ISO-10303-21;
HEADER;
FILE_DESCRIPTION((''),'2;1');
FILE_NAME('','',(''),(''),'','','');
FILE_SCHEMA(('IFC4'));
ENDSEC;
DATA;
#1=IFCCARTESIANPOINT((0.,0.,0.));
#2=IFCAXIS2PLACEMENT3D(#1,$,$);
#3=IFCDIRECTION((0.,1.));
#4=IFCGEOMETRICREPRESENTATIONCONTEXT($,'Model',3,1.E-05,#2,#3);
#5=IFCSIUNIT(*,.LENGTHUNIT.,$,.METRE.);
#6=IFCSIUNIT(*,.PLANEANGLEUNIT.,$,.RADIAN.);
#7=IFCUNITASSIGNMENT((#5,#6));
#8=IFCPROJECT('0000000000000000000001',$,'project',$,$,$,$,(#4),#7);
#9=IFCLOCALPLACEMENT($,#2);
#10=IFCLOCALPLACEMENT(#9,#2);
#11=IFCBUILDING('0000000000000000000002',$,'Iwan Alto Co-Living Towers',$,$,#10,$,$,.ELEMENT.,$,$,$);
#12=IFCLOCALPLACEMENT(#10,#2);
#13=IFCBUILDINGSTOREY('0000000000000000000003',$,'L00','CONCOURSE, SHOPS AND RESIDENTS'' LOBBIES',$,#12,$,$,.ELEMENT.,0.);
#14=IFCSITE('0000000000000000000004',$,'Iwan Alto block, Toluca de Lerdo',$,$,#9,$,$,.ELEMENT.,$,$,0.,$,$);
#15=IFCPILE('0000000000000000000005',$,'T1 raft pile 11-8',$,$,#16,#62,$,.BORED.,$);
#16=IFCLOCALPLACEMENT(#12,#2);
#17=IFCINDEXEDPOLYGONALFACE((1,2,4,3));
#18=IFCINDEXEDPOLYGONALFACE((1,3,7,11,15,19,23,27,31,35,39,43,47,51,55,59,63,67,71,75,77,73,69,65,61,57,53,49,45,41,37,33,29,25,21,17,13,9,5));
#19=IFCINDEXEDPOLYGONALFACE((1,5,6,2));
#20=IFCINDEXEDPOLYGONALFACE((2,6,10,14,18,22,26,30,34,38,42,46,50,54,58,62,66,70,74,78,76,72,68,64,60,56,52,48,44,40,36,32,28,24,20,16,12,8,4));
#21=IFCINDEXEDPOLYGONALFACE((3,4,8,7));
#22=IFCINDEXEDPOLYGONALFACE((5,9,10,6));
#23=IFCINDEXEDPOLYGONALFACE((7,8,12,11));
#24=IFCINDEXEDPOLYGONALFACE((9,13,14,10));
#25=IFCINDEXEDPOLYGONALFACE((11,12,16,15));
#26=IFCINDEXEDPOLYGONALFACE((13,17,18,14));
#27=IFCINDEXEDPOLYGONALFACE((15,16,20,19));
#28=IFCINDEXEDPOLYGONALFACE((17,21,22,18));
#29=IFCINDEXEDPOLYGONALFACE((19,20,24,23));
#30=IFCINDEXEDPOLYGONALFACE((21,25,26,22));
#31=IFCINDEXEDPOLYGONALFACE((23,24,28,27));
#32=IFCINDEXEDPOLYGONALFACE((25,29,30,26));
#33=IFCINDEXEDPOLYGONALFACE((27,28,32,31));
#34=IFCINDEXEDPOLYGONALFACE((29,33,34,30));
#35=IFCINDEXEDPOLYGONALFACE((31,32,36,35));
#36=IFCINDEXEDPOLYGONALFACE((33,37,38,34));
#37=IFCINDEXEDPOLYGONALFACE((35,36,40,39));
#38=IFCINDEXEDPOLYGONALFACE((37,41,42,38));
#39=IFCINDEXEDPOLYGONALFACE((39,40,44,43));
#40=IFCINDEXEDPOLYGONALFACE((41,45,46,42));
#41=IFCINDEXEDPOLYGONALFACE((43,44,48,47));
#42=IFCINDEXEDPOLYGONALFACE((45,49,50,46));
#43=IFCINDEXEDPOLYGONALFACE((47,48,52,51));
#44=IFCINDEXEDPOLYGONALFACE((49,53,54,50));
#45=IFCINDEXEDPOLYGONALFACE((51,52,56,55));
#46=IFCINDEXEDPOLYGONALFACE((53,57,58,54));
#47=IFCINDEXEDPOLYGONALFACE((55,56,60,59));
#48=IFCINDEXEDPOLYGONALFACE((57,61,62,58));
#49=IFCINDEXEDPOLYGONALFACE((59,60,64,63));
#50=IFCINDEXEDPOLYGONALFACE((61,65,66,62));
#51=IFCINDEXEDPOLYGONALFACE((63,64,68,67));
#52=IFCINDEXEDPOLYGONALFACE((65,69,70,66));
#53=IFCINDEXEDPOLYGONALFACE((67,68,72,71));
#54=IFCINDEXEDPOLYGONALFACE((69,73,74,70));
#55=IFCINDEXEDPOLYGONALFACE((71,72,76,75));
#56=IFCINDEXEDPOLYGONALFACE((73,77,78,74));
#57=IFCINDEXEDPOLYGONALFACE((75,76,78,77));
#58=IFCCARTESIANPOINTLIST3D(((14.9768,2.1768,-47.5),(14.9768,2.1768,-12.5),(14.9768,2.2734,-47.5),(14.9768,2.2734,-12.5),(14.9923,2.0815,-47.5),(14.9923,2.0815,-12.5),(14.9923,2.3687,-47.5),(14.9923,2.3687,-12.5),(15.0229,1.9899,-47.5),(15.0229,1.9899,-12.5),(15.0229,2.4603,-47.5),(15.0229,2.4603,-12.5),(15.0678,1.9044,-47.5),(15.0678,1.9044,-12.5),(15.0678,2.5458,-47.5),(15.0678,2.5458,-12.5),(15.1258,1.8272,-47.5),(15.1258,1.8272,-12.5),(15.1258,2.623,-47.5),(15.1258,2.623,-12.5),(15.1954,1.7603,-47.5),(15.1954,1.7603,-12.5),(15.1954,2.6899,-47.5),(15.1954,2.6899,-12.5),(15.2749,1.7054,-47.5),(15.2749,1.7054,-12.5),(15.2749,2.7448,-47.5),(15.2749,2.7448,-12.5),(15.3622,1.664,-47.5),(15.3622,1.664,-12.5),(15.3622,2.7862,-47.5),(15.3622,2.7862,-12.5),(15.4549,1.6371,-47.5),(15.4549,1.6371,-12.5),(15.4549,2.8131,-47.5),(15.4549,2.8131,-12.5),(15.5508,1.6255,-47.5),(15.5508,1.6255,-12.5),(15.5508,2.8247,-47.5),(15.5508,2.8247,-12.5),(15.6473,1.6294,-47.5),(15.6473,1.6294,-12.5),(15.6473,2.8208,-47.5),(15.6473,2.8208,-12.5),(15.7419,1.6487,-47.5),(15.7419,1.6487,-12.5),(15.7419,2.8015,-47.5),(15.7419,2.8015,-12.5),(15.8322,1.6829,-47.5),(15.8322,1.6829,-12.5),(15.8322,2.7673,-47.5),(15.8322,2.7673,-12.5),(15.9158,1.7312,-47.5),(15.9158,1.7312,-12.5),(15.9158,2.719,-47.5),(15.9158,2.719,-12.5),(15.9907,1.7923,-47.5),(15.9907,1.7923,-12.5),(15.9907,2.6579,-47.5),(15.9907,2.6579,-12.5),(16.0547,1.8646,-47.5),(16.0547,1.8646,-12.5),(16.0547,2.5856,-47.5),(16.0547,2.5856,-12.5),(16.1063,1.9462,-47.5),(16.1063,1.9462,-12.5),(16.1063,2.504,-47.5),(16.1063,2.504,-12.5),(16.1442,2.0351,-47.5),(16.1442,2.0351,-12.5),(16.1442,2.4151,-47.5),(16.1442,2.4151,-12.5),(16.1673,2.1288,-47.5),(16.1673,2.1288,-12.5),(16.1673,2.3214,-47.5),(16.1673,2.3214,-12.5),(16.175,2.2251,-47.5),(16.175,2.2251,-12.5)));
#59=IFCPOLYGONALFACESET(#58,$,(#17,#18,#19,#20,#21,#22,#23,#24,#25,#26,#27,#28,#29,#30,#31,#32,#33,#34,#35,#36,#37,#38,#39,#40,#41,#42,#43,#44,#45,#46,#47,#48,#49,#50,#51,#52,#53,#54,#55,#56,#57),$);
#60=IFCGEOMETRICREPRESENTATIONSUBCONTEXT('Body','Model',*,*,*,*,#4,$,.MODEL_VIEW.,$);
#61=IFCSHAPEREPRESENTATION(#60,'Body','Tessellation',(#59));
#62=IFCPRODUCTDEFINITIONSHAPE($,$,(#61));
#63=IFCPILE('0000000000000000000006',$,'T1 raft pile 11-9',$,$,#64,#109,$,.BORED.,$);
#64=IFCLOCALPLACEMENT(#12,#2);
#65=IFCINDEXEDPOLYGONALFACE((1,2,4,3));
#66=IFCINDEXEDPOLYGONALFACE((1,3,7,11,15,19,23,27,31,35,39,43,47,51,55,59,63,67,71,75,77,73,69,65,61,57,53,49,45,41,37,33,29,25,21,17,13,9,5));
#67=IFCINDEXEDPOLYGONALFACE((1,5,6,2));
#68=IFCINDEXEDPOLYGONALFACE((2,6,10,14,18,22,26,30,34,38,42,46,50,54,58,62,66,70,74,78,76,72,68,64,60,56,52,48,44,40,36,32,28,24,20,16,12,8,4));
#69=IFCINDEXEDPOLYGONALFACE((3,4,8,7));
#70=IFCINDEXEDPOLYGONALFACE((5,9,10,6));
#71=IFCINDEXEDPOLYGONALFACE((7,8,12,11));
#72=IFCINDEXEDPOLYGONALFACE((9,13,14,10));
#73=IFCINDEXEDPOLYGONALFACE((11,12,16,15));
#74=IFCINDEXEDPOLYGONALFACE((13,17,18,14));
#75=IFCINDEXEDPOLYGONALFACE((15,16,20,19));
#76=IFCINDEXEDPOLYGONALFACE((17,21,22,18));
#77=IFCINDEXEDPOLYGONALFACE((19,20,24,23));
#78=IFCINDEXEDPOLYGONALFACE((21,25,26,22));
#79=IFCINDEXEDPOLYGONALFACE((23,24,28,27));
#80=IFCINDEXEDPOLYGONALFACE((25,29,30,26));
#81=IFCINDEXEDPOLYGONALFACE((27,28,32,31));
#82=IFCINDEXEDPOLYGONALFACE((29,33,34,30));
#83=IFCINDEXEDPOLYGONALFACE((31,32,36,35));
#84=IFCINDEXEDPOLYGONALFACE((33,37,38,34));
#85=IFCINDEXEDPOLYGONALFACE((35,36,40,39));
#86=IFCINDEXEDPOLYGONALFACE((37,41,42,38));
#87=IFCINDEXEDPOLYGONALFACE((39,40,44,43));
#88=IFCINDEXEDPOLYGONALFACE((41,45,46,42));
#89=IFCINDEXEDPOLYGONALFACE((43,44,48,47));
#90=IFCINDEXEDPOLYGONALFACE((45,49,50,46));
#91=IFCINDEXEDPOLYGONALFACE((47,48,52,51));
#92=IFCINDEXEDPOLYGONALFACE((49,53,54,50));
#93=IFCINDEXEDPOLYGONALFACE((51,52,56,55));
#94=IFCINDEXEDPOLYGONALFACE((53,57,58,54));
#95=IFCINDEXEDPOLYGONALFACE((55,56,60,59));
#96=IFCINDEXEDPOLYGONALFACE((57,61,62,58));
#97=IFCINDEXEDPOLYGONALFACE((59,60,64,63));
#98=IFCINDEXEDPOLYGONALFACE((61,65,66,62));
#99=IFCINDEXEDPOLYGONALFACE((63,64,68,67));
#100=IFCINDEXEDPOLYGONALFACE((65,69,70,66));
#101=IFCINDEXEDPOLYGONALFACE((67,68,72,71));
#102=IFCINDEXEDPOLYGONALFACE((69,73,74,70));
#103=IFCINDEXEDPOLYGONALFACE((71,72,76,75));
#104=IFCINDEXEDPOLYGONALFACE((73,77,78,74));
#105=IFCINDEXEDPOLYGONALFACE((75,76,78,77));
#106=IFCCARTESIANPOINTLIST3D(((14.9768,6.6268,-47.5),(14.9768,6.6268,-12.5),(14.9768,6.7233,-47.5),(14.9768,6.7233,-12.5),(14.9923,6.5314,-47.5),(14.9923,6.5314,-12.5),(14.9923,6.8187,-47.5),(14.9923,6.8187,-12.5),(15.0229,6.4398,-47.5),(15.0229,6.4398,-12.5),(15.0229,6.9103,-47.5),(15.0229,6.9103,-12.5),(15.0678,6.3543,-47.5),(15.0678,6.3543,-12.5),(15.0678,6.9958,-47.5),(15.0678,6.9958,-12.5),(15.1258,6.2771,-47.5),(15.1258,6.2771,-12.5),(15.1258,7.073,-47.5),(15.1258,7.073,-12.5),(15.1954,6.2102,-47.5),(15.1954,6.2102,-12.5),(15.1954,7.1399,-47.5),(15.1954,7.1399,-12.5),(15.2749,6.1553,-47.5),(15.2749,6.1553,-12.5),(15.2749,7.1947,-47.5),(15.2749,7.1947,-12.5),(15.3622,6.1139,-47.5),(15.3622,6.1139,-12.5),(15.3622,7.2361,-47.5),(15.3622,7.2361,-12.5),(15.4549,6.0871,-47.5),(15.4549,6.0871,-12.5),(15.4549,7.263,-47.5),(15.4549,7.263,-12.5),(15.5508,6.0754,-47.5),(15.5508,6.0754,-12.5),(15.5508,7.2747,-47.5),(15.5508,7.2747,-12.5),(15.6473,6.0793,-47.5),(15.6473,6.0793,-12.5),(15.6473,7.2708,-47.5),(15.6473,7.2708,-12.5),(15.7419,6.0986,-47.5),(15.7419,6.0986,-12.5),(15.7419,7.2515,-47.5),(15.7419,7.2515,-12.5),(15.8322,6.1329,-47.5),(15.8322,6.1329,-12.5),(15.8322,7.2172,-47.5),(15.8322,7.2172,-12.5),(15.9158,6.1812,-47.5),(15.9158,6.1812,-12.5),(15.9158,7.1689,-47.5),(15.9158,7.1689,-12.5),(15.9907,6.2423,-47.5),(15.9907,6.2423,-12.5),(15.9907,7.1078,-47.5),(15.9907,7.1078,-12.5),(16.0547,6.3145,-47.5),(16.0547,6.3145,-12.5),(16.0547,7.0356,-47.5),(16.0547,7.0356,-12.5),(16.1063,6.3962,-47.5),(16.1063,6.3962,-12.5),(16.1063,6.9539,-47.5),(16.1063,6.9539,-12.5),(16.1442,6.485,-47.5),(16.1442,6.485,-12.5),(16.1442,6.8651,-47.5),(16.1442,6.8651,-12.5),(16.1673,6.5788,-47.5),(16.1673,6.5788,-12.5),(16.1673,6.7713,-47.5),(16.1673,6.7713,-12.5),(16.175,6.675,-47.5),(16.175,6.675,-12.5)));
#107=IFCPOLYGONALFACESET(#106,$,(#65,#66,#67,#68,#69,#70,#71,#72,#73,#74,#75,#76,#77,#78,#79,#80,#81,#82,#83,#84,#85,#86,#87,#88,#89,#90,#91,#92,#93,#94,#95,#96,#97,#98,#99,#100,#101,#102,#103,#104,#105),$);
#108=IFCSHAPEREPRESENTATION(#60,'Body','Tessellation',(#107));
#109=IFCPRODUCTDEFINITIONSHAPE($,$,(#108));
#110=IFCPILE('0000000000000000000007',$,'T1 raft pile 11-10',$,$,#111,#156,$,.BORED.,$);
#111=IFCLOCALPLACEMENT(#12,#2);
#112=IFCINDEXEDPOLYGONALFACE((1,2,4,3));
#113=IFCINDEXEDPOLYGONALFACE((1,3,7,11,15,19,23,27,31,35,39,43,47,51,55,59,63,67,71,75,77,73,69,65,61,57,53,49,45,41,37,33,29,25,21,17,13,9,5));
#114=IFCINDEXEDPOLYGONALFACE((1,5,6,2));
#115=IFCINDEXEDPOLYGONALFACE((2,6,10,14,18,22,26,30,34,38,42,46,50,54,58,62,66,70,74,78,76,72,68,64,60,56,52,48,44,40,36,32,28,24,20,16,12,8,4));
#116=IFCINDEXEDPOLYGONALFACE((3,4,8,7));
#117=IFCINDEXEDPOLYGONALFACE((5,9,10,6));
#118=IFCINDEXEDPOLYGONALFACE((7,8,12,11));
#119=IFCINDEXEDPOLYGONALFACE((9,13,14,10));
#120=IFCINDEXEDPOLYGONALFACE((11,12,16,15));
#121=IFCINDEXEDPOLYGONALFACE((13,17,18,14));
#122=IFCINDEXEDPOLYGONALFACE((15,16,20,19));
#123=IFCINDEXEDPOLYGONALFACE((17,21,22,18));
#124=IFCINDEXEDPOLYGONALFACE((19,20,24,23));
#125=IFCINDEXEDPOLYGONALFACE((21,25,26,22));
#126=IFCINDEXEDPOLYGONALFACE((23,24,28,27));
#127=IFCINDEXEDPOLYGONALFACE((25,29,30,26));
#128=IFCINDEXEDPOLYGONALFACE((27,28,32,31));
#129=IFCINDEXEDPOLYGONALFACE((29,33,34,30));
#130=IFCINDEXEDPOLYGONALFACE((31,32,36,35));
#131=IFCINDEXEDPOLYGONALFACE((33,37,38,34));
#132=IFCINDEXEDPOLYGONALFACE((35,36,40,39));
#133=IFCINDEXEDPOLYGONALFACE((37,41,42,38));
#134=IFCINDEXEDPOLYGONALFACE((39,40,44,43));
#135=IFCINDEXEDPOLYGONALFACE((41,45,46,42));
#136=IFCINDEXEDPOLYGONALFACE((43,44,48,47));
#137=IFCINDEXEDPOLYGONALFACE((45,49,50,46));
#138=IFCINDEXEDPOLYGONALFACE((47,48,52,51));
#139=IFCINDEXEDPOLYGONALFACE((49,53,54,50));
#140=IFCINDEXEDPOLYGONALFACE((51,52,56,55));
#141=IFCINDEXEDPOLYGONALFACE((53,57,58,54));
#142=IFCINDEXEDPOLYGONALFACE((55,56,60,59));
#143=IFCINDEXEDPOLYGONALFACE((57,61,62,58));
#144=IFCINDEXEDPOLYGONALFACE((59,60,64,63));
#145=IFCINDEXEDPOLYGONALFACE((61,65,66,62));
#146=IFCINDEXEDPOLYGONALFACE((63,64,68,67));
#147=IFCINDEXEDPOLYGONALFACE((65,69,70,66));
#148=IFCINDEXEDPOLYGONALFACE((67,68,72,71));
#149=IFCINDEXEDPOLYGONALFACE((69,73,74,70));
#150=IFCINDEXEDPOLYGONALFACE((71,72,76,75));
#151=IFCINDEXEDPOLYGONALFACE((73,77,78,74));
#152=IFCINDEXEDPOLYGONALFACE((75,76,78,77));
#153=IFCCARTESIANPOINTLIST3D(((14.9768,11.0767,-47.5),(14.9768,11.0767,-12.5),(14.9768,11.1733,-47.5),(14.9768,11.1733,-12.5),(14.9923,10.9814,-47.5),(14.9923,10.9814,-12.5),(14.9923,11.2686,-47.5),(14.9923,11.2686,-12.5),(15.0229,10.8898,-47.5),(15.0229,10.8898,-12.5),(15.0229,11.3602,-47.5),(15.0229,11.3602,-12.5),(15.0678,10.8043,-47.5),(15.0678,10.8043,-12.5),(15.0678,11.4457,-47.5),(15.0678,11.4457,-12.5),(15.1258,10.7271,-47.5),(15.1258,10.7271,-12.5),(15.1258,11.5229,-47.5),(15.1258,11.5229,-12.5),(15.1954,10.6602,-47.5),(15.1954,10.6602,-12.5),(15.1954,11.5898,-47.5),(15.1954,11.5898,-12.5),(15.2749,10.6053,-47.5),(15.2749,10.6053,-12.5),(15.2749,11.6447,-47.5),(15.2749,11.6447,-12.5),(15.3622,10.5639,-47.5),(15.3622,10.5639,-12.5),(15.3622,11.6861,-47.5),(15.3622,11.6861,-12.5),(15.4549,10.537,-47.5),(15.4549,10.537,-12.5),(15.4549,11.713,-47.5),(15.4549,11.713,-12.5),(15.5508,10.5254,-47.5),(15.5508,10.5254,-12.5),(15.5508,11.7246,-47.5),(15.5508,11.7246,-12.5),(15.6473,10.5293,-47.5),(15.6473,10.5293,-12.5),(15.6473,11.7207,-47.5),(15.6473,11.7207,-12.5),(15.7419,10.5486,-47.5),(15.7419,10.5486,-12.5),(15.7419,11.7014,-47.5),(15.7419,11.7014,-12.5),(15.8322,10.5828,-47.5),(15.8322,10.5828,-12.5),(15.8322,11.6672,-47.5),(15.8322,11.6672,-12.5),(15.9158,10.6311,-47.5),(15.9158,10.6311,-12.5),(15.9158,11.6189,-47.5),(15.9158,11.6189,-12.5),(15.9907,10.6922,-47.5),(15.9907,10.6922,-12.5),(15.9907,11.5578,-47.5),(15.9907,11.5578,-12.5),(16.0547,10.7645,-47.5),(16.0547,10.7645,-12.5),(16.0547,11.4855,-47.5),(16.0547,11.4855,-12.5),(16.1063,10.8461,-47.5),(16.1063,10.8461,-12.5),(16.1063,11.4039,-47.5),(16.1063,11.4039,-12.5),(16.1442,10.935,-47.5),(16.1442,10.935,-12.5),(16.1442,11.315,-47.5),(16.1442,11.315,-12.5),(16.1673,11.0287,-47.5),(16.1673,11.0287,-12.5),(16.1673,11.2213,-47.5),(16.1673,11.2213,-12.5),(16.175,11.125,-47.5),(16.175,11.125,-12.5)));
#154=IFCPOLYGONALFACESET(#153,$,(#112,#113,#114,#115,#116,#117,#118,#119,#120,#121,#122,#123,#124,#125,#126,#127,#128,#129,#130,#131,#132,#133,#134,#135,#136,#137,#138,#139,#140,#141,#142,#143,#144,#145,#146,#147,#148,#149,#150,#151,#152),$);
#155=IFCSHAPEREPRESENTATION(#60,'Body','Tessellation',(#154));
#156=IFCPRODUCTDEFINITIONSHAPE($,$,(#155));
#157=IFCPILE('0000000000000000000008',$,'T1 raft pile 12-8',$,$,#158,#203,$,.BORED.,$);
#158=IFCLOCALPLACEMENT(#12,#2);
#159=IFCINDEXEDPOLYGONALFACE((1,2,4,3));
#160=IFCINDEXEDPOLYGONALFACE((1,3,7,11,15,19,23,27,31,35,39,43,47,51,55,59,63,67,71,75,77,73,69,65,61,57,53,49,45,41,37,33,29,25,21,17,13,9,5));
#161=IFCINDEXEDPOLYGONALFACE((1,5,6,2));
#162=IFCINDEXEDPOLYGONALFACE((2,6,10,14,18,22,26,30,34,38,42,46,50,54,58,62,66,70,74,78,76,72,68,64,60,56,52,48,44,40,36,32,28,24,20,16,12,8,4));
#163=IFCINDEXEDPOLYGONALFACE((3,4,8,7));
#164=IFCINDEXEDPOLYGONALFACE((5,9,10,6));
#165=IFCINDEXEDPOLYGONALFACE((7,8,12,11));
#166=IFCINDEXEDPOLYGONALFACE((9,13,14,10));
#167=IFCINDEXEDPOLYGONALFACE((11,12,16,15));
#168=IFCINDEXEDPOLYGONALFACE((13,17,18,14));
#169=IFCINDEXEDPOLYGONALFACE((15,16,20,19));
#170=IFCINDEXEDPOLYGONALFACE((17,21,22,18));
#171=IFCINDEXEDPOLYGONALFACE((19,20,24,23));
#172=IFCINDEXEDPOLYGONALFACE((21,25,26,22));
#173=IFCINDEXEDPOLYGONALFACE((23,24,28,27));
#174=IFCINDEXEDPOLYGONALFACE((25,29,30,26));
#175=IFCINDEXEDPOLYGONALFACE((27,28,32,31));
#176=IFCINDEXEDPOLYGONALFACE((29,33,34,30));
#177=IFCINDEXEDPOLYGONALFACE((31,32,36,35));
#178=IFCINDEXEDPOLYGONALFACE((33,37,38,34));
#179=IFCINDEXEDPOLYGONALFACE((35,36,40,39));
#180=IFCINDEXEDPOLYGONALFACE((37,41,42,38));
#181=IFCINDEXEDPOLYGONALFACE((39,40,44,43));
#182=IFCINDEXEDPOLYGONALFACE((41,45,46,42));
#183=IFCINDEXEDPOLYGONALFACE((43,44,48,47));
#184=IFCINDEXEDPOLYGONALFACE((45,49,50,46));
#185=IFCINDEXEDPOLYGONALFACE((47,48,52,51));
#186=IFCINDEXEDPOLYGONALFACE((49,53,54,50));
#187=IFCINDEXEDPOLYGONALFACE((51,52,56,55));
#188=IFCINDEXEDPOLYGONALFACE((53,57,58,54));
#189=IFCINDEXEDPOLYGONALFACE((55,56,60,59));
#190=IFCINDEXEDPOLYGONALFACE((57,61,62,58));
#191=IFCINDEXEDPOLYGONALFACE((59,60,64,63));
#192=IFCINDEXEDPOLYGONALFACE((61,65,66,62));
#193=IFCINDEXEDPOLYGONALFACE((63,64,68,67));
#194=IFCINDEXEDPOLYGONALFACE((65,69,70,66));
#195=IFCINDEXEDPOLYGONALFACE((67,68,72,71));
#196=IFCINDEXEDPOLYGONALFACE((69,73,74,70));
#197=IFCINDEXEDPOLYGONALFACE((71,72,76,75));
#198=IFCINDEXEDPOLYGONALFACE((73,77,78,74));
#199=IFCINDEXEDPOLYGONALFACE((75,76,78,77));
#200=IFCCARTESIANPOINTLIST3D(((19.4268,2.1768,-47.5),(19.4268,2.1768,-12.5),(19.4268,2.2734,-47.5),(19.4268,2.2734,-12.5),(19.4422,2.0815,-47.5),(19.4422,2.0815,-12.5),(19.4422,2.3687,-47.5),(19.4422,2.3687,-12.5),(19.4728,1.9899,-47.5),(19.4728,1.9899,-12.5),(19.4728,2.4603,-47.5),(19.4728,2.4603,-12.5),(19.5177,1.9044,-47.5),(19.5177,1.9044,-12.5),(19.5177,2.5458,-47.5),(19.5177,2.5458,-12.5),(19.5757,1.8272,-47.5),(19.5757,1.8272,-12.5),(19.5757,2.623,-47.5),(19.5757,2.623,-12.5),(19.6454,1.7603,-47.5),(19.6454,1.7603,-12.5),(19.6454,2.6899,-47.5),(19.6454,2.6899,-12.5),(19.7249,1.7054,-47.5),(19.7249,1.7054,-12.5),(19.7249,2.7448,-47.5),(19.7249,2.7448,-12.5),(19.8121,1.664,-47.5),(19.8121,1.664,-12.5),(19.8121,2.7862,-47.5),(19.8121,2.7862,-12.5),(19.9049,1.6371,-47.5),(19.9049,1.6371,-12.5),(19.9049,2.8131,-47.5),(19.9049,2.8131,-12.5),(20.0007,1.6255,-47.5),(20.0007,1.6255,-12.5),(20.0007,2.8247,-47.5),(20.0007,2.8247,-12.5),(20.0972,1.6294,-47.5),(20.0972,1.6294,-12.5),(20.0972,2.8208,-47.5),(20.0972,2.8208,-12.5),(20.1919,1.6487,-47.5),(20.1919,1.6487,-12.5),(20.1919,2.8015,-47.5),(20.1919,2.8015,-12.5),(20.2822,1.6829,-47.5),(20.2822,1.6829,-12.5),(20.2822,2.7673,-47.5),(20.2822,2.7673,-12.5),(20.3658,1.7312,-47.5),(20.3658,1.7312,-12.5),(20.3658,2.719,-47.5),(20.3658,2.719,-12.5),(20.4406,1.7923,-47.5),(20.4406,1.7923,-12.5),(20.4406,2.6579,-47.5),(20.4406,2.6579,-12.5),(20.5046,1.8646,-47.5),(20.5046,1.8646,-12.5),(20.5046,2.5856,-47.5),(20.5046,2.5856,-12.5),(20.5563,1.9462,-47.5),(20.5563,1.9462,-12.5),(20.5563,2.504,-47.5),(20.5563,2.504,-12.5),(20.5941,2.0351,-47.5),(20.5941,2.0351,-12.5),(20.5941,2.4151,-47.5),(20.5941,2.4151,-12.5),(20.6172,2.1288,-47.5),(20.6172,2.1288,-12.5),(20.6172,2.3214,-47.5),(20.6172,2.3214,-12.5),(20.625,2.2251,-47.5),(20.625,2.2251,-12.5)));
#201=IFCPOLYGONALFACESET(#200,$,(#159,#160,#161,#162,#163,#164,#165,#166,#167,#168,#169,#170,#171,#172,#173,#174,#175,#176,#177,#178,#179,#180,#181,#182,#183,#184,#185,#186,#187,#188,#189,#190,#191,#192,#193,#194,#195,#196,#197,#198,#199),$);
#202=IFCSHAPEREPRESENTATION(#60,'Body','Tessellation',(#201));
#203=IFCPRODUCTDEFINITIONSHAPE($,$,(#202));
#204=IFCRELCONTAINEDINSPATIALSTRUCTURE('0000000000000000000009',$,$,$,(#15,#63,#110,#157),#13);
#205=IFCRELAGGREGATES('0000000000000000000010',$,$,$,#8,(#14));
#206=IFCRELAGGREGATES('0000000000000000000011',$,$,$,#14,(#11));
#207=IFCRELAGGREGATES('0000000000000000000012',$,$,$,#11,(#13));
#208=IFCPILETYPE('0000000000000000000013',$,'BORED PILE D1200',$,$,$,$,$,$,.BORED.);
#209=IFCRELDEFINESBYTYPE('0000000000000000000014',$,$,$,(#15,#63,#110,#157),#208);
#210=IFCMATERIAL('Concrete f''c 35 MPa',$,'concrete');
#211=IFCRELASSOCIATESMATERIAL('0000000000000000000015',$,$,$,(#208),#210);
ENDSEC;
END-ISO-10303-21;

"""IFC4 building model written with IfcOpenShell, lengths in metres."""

from ifc_helpers import new_model, si_unit, direction, frame, origin, origin_2d, place, context, subcontext, project, spatial, circle, extrude, material, material_profile, profile_set, type_object, element, save


model = new_model("IFC4")

# Units and contexts
model_context = context("Model", 3, precision=1e-05, world=origin(), true_north=direction((0.0, 1.0)))
body_context = subcontext(model_context, "Body", "Model", "MODEL_VIEW")
ifc_project = project(units=[si_unit("LENGTHUNIT", "METRE"), si_unit("PLANEANGLEUNIT", "RADIAN")], contexts=[model_context])

# Site, building, storey
site_placement = place(None, origin())
site = spatial("IfcSite", under=ifc_project, at=site_placement, Name="Iwan Alto block, Toluca de Lerdo", CompositionType="ELEMENT", RefElevation=0.0)
building_placement = place(site_placement, origin())
building = spatial("IfcBuilding", under=site, at=building_placement, Name="Iwan Alto Co-Living Towers", CompositionType="ELEMENT")
storey_placement = place(building_placement, origin())
storey = spatial("IfcBuildingStorey", under=building, at=storey_placement, Name="L00", Description="CONCOURSE, SHOPS AND RESIDENTS' LOBBIES", CompositionType="ELEMENT", Elevation=0.0)

# Piles
ifc_material_1 = material(Name="Concrete f'c 35 MPa", Category="concrete")
ifc_material_profile_1 = material_profile(ifc_material_1, circle(Radius=0.6001, at=origin_2d()), Name="D1200")
ifc_profile_set_1 = profile_set([ifc_material_profile_1], Name="Concrete f'c 35 MPa")
pile_type = type_object("IfcPileType", Name="BORED PILE D1200", PredefinedType="BORED", material=ifc_profile_set_1)
for number, where, z_axis, x_axis, name in (
    (1, (15.575, 2.2251, -12.5), (0.0, 0.0, -1.0), (1.0, 0.0, 0.0), "T1 raft pile 11-8"),
    (2, (15.575, 6.675, -12.5), (0.0, 0.0, -1.0), (1.0, 0.0, 0.0), "T1 raft pile 11-9"),
    (3, (15.575, 11.125, -12.5), (0.0, 0.0, -1.0), (1.0, 0.0, 0.0), "T1 raft pile 11-10"),
    (4, (20.0249, 2.2251, -12.5), (0.0, 0.0, -1.0), (1.0, 0.0, 0.0), "T1 raft pile 12-8"),
):
    element("IfcPile", number, at=place(storey_placement, frame(where, z_axis=z_axis, x_axis=x_axis)), inside=storey, type_object=pile_type, Name=name, PredefinedType="BORED", context=body_context, shape_type="SweptSolid", body=[
        extrude(circle(Radius=0.6001, at=origin_2d()), origin(), (0.0, 0.0, 1.0), 35.0),
    ])

save(model, "model.ifc")
